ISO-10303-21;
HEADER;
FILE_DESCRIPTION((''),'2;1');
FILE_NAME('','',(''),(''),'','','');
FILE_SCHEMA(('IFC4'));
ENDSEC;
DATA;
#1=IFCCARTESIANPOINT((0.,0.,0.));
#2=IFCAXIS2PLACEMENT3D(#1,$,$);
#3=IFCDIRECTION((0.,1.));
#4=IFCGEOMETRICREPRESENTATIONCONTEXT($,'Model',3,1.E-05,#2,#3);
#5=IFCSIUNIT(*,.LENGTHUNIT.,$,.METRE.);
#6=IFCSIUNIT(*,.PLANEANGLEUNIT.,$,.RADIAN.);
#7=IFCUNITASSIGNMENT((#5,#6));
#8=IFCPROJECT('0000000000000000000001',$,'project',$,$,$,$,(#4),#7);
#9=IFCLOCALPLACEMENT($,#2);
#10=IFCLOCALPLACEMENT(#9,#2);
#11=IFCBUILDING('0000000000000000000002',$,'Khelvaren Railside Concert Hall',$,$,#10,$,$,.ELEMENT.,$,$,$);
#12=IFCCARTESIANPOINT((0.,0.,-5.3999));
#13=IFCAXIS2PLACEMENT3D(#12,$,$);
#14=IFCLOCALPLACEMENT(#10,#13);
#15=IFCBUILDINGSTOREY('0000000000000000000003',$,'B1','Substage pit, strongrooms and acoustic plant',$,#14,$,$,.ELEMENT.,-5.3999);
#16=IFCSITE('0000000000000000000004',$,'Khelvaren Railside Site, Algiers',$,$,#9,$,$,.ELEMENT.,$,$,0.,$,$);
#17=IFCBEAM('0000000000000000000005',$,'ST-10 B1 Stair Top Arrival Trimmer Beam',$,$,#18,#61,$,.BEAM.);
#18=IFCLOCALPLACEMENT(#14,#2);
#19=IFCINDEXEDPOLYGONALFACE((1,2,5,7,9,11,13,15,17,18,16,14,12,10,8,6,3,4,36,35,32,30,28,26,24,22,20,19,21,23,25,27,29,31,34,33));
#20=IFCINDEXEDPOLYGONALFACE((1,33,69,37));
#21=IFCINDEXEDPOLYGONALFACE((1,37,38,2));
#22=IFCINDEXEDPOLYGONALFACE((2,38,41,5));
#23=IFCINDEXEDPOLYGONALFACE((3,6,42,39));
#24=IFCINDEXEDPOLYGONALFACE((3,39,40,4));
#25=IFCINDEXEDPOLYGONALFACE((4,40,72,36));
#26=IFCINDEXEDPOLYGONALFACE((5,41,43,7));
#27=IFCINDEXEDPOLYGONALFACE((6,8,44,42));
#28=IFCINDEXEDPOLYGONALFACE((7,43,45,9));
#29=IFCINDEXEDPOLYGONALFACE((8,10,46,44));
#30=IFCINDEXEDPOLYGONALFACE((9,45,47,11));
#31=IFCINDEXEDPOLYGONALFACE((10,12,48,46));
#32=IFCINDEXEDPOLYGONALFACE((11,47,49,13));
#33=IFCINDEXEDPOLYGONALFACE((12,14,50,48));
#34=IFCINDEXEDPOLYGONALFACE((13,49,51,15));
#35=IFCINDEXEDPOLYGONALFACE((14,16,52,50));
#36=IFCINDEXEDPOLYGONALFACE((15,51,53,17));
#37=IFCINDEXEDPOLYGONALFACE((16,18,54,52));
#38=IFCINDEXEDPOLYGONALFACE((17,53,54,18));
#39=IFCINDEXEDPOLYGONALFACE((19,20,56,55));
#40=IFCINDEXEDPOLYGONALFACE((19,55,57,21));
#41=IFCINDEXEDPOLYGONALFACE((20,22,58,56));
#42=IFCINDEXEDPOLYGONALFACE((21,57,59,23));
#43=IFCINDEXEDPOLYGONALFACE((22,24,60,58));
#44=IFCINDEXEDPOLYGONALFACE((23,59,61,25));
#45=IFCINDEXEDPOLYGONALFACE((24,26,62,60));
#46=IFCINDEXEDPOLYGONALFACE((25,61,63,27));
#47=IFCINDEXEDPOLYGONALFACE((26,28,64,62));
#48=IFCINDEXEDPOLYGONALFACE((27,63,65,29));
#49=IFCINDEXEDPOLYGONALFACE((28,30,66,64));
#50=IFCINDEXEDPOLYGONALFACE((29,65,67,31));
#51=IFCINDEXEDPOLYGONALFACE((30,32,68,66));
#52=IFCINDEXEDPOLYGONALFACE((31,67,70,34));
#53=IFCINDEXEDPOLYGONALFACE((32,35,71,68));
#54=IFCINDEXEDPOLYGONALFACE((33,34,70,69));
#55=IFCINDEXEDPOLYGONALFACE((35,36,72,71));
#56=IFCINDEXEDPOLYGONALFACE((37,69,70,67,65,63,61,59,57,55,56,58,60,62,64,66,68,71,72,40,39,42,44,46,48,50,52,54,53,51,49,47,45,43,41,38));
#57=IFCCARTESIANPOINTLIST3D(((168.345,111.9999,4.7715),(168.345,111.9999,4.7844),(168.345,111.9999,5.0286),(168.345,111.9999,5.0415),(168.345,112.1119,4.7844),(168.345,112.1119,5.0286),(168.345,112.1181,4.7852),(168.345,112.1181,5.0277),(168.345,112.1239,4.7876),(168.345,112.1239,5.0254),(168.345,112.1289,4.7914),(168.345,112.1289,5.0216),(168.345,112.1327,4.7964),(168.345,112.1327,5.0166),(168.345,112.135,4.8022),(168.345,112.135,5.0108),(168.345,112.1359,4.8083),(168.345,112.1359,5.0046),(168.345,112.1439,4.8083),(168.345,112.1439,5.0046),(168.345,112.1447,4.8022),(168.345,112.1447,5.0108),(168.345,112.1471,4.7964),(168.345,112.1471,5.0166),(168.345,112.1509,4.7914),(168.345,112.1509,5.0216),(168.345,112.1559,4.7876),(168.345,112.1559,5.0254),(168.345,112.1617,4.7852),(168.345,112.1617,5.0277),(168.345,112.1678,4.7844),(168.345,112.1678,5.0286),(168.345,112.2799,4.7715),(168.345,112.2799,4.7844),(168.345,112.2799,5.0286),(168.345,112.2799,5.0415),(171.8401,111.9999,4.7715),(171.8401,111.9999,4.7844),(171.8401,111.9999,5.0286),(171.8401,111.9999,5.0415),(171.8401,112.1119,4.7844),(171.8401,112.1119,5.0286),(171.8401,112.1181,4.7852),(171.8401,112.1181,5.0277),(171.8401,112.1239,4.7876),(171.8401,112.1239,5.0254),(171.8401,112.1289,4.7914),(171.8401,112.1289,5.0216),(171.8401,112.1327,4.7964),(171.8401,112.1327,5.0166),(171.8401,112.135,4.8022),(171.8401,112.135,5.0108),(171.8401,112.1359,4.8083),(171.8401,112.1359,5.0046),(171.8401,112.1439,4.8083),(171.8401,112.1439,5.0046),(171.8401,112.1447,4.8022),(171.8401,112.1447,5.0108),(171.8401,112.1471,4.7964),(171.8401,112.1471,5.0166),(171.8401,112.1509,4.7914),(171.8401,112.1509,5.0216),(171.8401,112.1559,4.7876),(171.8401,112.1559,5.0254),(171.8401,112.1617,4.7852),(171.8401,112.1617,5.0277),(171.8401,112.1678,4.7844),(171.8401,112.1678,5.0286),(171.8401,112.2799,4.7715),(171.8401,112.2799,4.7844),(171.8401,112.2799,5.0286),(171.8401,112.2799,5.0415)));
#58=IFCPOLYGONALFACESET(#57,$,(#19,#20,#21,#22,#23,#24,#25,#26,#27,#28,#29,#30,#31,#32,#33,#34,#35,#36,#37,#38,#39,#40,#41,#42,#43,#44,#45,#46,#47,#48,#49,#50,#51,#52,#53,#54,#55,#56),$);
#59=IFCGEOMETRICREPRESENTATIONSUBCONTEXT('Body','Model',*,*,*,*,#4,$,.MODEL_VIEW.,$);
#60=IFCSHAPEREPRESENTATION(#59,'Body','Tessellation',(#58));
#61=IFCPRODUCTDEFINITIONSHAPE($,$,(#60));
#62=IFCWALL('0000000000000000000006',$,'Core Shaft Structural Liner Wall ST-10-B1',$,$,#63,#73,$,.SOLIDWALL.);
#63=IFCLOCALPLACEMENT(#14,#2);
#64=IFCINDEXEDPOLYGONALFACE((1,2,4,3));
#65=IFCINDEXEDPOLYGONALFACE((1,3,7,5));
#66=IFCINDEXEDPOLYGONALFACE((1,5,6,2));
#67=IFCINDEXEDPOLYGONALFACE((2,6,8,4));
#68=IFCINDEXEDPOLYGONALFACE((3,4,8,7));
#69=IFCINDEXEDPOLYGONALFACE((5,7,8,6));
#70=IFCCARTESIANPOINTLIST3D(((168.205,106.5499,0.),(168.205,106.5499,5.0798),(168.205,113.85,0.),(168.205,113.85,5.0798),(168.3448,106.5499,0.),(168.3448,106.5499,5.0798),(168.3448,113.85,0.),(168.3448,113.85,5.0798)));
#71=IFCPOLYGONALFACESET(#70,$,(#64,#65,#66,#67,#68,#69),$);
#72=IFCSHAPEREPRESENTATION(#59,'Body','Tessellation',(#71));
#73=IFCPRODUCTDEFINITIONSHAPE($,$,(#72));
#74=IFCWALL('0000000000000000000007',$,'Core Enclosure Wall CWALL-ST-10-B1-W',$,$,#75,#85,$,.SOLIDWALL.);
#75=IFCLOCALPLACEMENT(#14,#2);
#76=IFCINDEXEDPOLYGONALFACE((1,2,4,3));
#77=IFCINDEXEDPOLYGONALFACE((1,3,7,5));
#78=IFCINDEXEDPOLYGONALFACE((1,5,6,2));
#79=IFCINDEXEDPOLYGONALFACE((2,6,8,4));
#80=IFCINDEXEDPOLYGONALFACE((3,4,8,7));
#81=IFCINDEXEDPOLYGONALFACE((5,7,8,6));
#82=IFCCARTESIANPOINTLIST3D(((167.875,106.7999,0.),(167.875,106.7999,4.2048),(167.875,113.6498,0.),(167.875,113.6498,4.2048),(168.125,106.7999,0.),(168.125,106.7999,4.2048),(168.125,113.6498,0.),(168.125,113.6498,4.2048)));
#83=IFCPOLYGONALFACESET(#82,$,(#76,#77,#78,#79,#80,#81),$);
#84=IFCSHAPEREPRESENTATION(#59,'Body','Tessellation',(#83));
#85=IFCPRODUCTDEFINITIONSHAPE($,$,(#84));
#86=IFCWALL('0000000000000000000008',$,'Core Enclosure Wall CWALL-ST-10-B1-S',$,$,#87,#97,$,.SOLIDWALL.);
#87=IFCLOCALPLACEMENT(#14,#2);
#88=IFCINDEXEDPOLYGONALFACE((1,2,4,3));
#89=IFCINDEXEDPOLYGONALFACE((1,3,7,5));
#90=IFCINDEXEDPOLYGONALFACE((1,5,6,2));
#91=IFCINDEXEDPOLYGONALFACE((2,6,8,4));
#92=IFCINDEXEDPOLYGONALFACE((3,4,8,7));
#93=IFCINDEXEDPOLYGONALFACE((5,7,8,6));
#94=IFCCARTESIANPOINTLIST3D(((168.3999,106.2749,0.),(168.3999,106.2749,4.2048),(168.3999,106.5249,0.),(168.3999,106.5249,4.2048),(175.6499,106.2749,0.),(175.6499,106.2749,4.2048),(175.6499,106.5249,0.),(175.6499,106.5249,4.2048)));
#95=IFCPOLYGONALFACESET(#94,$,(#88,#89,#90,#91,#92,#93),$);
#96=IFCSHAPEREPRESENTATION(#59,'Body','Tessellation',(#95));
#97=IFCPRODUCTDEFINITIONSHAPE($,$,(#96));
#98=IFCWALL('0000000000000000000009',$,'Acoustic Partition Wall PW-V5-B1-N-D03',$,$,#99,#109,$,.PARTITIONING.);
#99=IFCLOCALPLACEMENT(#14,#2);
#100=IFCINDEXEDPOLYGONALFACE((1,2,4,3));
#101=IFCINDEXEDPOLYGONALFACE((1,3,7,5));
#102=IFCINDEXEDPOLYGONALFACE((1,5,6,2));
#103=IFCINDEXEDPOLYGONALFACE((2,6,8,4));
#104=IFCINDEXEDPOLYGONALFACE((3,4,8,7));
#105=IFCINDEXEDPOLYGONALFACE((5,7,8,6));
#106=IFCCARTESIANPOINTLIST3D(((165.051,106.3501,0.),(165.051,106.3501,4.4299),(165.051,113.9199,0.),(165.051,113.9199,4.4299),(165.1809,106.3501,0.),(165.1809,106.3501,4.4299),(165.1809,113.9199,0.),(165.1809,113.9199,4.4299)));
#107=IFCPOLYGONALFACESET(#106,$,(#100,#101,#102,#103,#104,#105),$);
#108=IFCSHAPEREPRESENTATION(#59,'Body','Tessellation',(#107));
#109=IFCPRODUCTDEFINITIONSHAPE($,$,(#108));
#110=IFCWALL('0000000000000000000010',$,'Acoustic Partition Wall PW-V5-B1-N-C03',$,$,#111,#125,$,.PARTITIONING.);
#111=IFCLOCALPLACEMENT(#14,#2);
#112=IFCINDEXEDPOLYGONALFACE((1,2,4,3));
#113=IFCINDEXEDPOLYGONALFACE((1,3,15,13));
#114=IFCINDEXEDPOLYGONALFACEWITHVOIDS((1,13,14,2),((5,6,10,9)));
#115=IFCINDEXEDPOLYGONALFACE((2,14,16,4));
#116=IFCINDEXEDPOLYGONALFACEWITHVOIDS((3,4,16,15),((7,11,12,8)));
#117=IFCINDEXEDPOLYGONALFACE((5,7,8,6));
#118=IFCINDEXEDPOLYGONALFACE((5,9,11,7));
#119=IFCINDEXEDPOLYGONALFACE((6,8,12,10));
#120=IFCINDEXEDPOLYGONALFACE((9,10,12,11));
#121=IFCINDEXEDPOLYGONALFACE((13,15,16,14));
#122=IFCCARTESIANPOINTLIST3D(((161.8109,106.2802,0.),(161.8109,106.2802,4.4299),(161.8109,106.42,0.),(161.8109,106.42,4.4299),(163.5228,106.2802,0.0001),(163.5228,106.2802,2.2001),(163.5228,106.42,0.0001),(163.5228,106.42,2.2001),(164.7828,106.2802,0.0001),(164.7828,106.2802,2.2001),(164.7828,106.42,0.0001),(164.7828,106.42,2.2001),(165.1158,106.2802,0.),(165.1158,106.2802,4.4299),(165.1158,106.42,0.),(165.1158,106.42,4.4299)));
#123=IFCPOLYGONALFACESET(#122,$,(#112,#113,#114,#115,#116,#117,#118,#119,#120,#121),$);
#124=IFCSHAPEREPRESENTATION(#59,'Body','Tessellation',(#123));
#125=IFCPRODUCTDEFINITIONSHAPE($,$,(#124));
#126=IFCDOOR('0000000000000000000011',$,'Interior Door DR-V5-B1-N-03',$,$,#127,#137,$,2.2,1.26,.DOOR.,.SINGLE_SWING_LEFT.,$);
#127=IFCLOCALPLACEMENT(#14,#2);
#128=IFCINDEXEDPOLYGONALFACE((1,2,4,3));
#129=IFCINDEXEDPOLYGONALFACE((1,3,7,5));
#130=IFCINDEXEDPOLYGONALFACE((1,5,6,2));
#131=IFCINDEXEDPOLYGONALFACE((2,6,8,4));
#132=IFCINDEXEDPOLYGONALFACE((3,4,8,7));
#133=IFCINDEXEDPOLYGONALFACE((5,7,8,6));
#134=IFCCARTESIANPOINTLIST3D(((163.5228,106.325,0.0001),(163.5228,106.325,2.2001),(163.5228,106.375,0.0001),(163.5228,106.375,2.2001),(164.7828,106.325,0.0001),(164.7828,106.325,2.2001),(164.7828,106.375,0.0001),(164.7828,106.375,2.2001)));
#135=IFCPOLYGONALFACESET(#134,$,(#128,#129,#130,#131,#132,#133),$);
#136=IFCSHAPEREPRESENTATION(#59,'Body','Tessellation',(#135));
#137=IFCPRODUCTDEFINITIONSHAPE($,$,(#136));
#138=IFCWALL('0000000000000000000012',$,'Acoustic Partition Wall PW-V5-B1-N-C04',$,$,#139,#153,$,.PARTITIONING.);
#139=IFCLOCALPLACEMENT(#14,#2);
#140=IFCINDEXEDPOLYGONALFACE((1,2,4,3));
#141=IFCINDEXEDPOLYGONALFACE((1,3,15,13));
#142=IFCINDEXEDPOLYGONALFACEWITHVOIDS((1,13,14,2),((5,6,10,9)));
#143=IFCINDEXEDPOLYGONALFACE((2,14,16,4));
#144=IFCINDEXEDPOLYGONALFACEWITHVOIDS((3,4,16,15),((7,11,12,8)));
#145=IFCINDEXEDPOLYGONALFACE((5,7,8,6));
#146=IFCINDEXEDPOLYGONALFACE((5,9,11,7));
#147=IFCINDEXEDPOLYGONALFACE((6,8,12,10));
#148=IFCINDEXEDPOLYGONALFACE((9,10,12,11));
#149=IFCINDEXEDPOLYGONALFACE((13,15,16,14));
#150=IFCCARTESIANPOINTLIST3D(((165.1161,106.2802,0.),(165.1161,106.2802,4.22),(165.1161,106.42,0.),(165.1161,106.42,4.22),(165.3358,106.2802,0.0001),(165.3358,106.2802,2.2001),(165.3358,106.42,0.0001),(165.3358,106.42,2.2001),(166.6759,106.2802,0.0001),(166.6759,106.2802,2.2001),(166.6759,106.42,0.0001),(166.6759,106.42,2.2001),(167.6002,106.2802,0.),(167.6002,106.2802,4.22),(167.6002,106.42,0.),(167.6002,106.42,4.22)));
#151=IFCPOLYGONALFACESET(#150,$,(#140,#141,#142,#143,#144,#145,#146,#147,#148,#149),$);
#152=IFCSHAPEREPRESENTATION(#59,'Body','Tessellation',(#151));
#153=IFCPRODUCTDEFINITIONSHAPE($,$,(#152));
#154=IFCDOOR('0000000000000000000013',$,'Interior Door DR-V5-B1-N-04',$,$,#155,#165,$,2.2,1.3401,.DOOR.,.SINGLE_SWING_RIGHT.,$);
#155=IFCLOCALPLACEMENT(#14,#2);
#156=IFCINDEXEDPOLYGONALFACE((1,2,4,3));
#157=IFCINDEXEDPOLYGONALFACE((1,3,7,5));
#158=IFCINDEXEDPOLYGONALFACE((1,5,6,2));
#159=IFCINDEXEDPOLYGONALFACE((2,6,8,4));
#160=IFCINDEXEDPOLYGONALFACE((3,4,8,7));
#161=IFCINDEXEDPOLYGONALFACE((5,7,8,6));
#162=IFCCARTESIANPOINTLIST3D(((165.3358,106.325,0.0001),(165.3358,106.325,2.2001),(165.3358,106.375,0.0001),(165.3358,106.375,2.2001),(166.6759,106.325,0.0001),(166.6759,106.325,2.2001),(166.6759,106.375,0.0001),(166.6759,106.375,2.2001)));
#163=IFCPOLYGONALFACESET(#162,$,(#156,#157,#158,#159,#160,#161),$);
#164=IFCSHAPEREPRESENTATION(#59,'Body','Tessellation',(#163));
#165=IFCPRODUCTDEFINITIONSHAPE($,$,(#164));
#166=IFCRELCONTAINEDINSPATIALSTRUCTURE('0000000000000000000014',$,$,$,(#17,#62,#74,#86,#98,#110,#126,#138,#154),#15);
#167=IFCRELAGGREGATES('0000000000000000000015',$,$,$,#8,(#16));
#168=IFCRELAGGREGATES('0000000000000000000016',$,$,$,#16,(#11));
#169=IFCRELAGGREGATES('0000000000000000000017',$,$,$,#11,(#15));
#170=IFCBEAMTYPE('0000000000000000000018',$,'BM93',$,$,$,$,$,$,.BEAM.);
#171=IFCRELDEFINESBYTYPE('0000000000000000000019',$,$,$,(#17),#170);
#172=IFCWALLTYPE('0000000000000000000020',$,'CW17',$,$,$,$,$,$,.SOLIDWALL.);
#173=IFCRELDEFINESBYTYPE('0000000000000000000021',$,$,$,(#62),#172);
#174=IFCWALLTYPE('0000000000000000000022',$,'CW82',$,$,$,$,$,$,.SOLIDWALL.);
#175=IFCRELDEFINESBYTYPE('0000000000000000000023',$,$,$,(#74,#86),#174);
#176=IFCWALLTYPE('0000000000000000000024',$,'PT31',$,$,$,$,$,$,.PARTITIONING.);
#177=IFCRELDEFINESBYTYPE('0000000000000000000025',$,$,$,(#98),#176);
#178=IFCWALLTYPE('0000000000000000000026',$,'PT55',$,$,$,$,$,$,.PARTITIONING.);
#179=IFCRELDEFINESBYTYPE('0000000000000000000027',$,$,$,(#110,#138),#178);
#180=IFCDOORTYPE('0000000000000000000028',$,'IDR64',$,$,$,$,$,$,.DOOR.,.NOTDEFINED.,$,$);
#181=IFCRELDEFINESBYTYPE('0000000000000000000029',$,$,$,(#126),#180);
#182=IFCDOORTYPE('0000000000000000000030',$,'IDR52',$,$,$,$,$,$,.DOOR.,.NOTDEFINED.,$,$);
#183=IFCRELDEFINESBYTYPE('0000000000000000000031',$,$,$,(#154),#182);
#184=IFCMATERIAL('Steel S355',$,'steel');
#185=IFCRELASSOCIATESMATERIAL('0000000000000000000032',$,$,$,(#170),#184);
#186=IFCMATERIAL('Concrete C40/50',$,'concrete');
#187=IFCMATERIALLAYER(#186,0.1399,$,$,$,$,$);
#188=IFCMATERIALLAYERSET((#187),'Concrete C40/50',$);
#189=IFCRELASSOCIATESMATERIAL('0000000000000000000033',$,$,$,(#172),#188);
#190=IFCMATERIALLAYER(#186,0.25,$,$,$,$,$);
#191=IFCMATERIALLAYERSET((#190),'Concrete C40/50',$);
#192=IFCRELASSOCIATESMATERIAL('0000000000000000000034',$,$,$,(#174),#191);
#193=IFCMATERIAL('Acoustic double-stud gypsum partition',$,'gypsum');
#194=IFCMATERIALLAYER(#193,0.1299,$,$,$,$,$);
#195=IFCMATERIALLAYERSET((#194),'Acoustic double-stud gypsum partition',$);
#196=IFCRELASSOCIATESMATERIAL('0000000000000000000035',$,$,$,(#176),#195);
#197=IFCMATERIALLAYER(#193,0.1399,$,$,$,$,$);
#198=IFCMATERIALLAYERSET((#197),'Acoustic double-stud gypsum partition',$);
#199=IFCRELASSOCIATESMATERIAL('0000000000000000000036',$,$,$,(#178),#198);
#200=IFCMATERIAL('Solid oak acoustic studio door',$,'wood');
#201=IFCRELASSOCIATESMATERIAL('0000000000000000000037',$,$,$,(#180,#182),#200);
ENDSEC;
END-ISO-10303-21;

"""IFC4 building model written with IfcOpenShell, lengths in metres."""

from ifc_helpers import new_model, si_unit, direction, frame, frame_2d, origin, origin_2d, place, context, subcontext, project, spatial, rectangle, i_section, extrude, material, layer, layer_set, material_profile, profile_set, type_object, element, fill, save


model = new_model("IFC4")

# Units and contexts
model_context = context("Model", 3, precision=1e-05, world=origin(), true_north=direction((0.0, 1.0)))
body_context = subcontext(model_context, "Body", "Model", "MODEL_VIEW")
ifc_project = project(units=[si_unit("LENGTHUNIT", "METRE"), si_unit("PLANEANGLEUNIT", "RADIAN")], contexts=[model_context])

# Site, building, storey
site_placement = place(None, origin())
site = spatial("IfcSite", under=ifc_project, at=site_placement, Name="Khelvaren Railside Site, Algiers", CompositionType="ELEMENT", RefElevation=0.0)
building_placement = place(site_placement, origin())
building = spatial("IfcBuilding", under=site, at=building_placement, Name="Khelvaren Railside Concert Hall", CompositionType="ELEMENT")
storey_placement = place(building_placement, frame((0.0, 0.0, -5.3999)))
storey = spatial("IfcBuildingStorey", under=building, at=storey_placement, Name="B1", Description="Substage pit, strongrooms and acoustic plant", CompositionType="ELEMENT", Elevation=-5.3999)

# Beam
ifc_material_1 = material(Name="Steel S355", Category="steel")
ifc_material_profile_1 = material_profile(ifc_material_1, i_section(OverallWidth=0.28, OverallDepth=0.27, WebThickness=0.0081, FlangeThickness=0.0129, FilletRadius=0.0239, at=origin_2d()), Name="HEA 280")
ifc_profile_set_1 = profile_set([ifc_material_profile_1], Name="Steel S355")
beam_type_1 = type_object("IfcBeamType", Name="BM93", PredefinedType="BEAM", material=ifc_profile_set_1)
beam_1_placement = place(storey_placement, frame((168.345, 112.1399, 4.9065), z_axis=(1.0, 0.0, 0.0), x_axis=(0.0, 1.0, 0.0)))
element("IfcBeam", 1, at=beam_1_placement, inside=storey, type_object=beam_type_1, Name="ST-10 B1 Stair Top Arrival Trimmer Beam", PredefinedType="BEAM", context=body_context, shape_type="SweptSolid", body=[
    extrude(i_section(OverallWidth=0.28, OverallDepth=0.27, WebThickness=0.0081, FlangeThickness=0.0129, FilletRadius=0.0239, at=origin_2d()), origin(), (0.0, 0.0, 1.0), 3.4951),
])

# Walls
ifc_material_2 = material(Name="Concrete C40/50", Category="concrete")
ifc_layer_1 = layer(ifc_material_2, 0.1399)
ifc_layer_set_1 = layer_set([ifc_layer_1], Name="Concrete C40/50")
wall_type_1 = type_object("IfcWallType", Name="CW17", PredefinedType="SOLIDWALL", material=ifc_layer_set_1)
wall_1_placement = place(storey_placement, frame((168.2749, 106.55, 0.0), z_axis=(0.0, 0.0, 1.0), x_axis=(0.0, 1.0, 0.0)))
element("IfcWall", 2, at=wall_1_placement, inside=storey, type_object=wall_type_1, Name="Core Shaft Structural Liner Wall ST-10-B1", PredefinedType="SOLIDWALL", context=body_context, shape_type="SweptSolid", body=[
    extrude(rectangle(XDim=7.3, YDim=0.1399, at=frame_2d((3.6499, 0.0))), origin(), (0.0, 0.0, 1.0), 5.0798),
])
ifc_layer_2 = layer(ifc_material_2, 0.25)
ifc_layer_set_2 = layer_set([ifc_layer_2], Name="Concrete C40/50")
wall_type_2 = type_object("IfcWallType", Name="CW82", PredefinedType="SOLIDWALL", material=ifc_layer_set_2)
wall_2_placement = place(storey_placement, frame((168.0, 106.8, 0.0), z_axis=(0.0, 0.0, 1.0), x_axis=(0.0, 1.0, 0.0)))
element("IfcWall", 3, at=wall_2_placement, inside=storey, type_object=wall_type_2, Name="Core Enclosure Wall CWALL-ST-10-B1-W", PredefinedType="SOLIDWALL", context=body_context, shape_type="SweptSolid", body=[
    extrude(rectangle(XDim=6.8499, YDim=0.25, at=frame_2d((3.4248, 0.0))), origin(), (0.0, 0.0, 1.0), 4.2048),
])
wall_3_placement = place(storey_placement, frame((168.3999, 106.3999, 0.0), z_axis=(0.0, 0.0, 1.0), x_axis=(1.0, 0.0, 0.0)))
element("IfcWall", 4, at=wall_3_placement, inside=storey, type_object=wall_type_2, Name="Core Enclosure Wall CWALL-ST-10-B1-S", PredefinedType="SOLIDWALL", context=body_context, shape_type="SweptSolid", body=[
    extrude(rectangle(XDim=7.25, YDim=0.25, at=frame_2d((3.625, 0.0))), origin(), (0.0, 0.0, 1.0), 4.2048),
])
ifc_material_3 = material(Name="Acoustic double-stud gypsum partition", Category="gypsum")
ifc_layer_3 = layer(ifc_material_3, 0.1299)
ifc_layer_set_3 = layer_set([ifc_layer_3], Name="Acoustic double-stud gypsum partition")
wall_type_3 = type_object("IfcWallType", Name="PT31", PredefinedType="PARTITIONING", material=ifc_layer_set_3)
wall_4_placement = place(storey_placement, frame((165.116, 106.3501, 0.0), z_axis=(0.0, 0.0, 1.0), x_axis=(0.0, 1.0, 0.0)))
element("IfcWall", 5, at=wall_4_placement, inside=storey, type_object=wall_type_3, Name="Acoustic Partition Wall PW-V5-B1-N-D03", PredefinedType="PARTITIONING", context=body_context, shape_type="SweptSolid", body=[
    extrude(rectangle(XDim=7.5698, YDim=0.1299, at=frame_2d((3.7849, 0.0))), origin(), (0.0, 0.0, 1.0), 4.4299),
])

# Walls, openings, doors
ifc_layer_4 = layer(ifc_material_3, 0.1399)
ifc_layer_set_4 = layer_set([ifc_layer_4], Name="Acoustic double-stud gypsum partition")
wall_type_4 = type_object("IfcWallType", Name="PT55", PredefinedType="PARTITIONING", material=ifc_layer_set_4)
wall_5_placement = place(storey_placement, frame((161.811, 106.3501, 0.0), z_axis=(0.0, 0.0, 1.0), x_axis=(1.0, 0.0, 0.0)))
wall_5 = element("IfcWall", 6, at=wall_5_placement, inside=storey, type_object=wall_type_4, Name="Acoustic Partition Wall PW-V5-B1-N-C03", PredefinedType="PARTITIONING", context=body_context, shape_type="SweptSolid", body=[
    extrude(rectangle(XDim=3.3049, YDim=0.1399, at=frame_2d((1.6523, 0.0))), origin(), (0.0, 0.0, 1.0), 4.4299),
])
opening_1_placement = place(wall_5_placement, frame((1.7119, 0.0, 0.0)))
opening_1 = element("IfcOpeningElement", 7, at=opening_1_placement, cuts=wall_5, PredefinedType="OPENING", context=body_context, shape_type="SweptSolid", body=[
    extrude(rectangle(XDim=1.26, YDim=2.2, at=frame_2d((0.6299, 1.1001))), frame((0.0, 0.0798, 0.0), z_axis=(0.0, -1.0, 0.0), x_axis=(1.0, 0.0, 0.0)), (0.0, 0.0, 1.0), 0.1599),
])
ifc_material_4 = material(Name="Solid oak acoustic studio door", Category="wood")
door_type_1 = type_object("IfcDoorType", Name="IDR64", OperationType="NOTDEFINED", PredefinedType="DOOR", material=ifc_material_4)
door_1_placement = place(opening_1_placement, origin())
door_1 = element("IfcDoor", 8, at=door_1_placement, inside=storey, type_object=door_type_1, Name="Interior Door DR-V5-B1-N-03", OperationType="SINGLE_SWING_LEFT", OverallHeight=2.2, OverallWidth=1.26, PredefinedType="DOOR", context=body_context, shape_type="SweptSolid", body=[
    extrude(rectangle(XDim=1.26, YDim=2.2, at=frame_2d((0.6299, 1.1001))), frame((0.0, 0.0249, 0.0), z_axis=(0.0, -1.0, 0.0), x_axis=(1.0, 0.0, 0.0)), (0.0, 0.0, 1.0), 0.05),
])
fill(opening_1, door_1)
wall_6_placement = place(storey_placement, frame((165.116, 106.3501, 0.0), z_axis=(0.0, 0.0, 1.0), x_axis=(1.0, 0.0, 0.0)))
wall_6 = element("IfcWall", 9, at=wall_6_placement, inside=storey, type_object=wall_type_4, Name="Acoustic Partition Wall PW-V5-B1-N-C04", PredefinedType="PARTITIONING", context=body_context, shape_type="SweptSolid", body=[
    extrude(rectangle(XDim=2.4841, YDim=0.1399, at=frame_2d((1.2422, 0.0))), origin(), (0.0, 0.0, 1.0), 4.22),
])
opening_2_placement = place(wall_6_placement, frame((0.22, 0.0, 0.0)))
opening_2 = element("IfcOpeningElement", 10, at=opening_2_placement, cuts=wall_6, PredefinedType="OPENING", context=body_context, shape_type="SweptSolid", body=[
    extrude(rectangle(XDim=1.3401, YDim=2.2, at=frame_2d((0.6699, 1.1001))), frame((0.0, 0.0798, 0.0), z_axis=(0.0, -1.0, 0.0), x_axis=(1.0, 0.0, 0.0)), (0.0, 0.0, 1.0), 0.1599),
])
door_type_2 = type_object("IfcDoorType", Name="IDR52", OperationType="NOTDEFINED", PredefinedType="DOOR", material=ifc_material_4)
door_2_placement = place(opening_2_placement, origin())
door_2 = element("IfcDoor", 11, at=door_2_placement, inside=storey, type_object=door_type_2, Name="Interior Door DR-V5-B1-N-04", OperationType="SINGLE_SWING_RIGHT", OverallHeight=2.2, OverallWidth=1.3401, PredefinedType="DOOR", context=body_context, shape_type="SweptSolid", body=[
    extrude(rectangle(XDim=1.3401, YDim=2.2, at=frame_2d((0.6699, 1.1001))), frame((0.0, 0.0249, 0.0), z_axis=(0.0, -1.0, 0.0), x_axis=(1.0, 0.0, 0.0)), (0.0, 0.0, 1.0), 0.05),
])
fill(opening_2, door_2)

save(model, "model.ifc")
